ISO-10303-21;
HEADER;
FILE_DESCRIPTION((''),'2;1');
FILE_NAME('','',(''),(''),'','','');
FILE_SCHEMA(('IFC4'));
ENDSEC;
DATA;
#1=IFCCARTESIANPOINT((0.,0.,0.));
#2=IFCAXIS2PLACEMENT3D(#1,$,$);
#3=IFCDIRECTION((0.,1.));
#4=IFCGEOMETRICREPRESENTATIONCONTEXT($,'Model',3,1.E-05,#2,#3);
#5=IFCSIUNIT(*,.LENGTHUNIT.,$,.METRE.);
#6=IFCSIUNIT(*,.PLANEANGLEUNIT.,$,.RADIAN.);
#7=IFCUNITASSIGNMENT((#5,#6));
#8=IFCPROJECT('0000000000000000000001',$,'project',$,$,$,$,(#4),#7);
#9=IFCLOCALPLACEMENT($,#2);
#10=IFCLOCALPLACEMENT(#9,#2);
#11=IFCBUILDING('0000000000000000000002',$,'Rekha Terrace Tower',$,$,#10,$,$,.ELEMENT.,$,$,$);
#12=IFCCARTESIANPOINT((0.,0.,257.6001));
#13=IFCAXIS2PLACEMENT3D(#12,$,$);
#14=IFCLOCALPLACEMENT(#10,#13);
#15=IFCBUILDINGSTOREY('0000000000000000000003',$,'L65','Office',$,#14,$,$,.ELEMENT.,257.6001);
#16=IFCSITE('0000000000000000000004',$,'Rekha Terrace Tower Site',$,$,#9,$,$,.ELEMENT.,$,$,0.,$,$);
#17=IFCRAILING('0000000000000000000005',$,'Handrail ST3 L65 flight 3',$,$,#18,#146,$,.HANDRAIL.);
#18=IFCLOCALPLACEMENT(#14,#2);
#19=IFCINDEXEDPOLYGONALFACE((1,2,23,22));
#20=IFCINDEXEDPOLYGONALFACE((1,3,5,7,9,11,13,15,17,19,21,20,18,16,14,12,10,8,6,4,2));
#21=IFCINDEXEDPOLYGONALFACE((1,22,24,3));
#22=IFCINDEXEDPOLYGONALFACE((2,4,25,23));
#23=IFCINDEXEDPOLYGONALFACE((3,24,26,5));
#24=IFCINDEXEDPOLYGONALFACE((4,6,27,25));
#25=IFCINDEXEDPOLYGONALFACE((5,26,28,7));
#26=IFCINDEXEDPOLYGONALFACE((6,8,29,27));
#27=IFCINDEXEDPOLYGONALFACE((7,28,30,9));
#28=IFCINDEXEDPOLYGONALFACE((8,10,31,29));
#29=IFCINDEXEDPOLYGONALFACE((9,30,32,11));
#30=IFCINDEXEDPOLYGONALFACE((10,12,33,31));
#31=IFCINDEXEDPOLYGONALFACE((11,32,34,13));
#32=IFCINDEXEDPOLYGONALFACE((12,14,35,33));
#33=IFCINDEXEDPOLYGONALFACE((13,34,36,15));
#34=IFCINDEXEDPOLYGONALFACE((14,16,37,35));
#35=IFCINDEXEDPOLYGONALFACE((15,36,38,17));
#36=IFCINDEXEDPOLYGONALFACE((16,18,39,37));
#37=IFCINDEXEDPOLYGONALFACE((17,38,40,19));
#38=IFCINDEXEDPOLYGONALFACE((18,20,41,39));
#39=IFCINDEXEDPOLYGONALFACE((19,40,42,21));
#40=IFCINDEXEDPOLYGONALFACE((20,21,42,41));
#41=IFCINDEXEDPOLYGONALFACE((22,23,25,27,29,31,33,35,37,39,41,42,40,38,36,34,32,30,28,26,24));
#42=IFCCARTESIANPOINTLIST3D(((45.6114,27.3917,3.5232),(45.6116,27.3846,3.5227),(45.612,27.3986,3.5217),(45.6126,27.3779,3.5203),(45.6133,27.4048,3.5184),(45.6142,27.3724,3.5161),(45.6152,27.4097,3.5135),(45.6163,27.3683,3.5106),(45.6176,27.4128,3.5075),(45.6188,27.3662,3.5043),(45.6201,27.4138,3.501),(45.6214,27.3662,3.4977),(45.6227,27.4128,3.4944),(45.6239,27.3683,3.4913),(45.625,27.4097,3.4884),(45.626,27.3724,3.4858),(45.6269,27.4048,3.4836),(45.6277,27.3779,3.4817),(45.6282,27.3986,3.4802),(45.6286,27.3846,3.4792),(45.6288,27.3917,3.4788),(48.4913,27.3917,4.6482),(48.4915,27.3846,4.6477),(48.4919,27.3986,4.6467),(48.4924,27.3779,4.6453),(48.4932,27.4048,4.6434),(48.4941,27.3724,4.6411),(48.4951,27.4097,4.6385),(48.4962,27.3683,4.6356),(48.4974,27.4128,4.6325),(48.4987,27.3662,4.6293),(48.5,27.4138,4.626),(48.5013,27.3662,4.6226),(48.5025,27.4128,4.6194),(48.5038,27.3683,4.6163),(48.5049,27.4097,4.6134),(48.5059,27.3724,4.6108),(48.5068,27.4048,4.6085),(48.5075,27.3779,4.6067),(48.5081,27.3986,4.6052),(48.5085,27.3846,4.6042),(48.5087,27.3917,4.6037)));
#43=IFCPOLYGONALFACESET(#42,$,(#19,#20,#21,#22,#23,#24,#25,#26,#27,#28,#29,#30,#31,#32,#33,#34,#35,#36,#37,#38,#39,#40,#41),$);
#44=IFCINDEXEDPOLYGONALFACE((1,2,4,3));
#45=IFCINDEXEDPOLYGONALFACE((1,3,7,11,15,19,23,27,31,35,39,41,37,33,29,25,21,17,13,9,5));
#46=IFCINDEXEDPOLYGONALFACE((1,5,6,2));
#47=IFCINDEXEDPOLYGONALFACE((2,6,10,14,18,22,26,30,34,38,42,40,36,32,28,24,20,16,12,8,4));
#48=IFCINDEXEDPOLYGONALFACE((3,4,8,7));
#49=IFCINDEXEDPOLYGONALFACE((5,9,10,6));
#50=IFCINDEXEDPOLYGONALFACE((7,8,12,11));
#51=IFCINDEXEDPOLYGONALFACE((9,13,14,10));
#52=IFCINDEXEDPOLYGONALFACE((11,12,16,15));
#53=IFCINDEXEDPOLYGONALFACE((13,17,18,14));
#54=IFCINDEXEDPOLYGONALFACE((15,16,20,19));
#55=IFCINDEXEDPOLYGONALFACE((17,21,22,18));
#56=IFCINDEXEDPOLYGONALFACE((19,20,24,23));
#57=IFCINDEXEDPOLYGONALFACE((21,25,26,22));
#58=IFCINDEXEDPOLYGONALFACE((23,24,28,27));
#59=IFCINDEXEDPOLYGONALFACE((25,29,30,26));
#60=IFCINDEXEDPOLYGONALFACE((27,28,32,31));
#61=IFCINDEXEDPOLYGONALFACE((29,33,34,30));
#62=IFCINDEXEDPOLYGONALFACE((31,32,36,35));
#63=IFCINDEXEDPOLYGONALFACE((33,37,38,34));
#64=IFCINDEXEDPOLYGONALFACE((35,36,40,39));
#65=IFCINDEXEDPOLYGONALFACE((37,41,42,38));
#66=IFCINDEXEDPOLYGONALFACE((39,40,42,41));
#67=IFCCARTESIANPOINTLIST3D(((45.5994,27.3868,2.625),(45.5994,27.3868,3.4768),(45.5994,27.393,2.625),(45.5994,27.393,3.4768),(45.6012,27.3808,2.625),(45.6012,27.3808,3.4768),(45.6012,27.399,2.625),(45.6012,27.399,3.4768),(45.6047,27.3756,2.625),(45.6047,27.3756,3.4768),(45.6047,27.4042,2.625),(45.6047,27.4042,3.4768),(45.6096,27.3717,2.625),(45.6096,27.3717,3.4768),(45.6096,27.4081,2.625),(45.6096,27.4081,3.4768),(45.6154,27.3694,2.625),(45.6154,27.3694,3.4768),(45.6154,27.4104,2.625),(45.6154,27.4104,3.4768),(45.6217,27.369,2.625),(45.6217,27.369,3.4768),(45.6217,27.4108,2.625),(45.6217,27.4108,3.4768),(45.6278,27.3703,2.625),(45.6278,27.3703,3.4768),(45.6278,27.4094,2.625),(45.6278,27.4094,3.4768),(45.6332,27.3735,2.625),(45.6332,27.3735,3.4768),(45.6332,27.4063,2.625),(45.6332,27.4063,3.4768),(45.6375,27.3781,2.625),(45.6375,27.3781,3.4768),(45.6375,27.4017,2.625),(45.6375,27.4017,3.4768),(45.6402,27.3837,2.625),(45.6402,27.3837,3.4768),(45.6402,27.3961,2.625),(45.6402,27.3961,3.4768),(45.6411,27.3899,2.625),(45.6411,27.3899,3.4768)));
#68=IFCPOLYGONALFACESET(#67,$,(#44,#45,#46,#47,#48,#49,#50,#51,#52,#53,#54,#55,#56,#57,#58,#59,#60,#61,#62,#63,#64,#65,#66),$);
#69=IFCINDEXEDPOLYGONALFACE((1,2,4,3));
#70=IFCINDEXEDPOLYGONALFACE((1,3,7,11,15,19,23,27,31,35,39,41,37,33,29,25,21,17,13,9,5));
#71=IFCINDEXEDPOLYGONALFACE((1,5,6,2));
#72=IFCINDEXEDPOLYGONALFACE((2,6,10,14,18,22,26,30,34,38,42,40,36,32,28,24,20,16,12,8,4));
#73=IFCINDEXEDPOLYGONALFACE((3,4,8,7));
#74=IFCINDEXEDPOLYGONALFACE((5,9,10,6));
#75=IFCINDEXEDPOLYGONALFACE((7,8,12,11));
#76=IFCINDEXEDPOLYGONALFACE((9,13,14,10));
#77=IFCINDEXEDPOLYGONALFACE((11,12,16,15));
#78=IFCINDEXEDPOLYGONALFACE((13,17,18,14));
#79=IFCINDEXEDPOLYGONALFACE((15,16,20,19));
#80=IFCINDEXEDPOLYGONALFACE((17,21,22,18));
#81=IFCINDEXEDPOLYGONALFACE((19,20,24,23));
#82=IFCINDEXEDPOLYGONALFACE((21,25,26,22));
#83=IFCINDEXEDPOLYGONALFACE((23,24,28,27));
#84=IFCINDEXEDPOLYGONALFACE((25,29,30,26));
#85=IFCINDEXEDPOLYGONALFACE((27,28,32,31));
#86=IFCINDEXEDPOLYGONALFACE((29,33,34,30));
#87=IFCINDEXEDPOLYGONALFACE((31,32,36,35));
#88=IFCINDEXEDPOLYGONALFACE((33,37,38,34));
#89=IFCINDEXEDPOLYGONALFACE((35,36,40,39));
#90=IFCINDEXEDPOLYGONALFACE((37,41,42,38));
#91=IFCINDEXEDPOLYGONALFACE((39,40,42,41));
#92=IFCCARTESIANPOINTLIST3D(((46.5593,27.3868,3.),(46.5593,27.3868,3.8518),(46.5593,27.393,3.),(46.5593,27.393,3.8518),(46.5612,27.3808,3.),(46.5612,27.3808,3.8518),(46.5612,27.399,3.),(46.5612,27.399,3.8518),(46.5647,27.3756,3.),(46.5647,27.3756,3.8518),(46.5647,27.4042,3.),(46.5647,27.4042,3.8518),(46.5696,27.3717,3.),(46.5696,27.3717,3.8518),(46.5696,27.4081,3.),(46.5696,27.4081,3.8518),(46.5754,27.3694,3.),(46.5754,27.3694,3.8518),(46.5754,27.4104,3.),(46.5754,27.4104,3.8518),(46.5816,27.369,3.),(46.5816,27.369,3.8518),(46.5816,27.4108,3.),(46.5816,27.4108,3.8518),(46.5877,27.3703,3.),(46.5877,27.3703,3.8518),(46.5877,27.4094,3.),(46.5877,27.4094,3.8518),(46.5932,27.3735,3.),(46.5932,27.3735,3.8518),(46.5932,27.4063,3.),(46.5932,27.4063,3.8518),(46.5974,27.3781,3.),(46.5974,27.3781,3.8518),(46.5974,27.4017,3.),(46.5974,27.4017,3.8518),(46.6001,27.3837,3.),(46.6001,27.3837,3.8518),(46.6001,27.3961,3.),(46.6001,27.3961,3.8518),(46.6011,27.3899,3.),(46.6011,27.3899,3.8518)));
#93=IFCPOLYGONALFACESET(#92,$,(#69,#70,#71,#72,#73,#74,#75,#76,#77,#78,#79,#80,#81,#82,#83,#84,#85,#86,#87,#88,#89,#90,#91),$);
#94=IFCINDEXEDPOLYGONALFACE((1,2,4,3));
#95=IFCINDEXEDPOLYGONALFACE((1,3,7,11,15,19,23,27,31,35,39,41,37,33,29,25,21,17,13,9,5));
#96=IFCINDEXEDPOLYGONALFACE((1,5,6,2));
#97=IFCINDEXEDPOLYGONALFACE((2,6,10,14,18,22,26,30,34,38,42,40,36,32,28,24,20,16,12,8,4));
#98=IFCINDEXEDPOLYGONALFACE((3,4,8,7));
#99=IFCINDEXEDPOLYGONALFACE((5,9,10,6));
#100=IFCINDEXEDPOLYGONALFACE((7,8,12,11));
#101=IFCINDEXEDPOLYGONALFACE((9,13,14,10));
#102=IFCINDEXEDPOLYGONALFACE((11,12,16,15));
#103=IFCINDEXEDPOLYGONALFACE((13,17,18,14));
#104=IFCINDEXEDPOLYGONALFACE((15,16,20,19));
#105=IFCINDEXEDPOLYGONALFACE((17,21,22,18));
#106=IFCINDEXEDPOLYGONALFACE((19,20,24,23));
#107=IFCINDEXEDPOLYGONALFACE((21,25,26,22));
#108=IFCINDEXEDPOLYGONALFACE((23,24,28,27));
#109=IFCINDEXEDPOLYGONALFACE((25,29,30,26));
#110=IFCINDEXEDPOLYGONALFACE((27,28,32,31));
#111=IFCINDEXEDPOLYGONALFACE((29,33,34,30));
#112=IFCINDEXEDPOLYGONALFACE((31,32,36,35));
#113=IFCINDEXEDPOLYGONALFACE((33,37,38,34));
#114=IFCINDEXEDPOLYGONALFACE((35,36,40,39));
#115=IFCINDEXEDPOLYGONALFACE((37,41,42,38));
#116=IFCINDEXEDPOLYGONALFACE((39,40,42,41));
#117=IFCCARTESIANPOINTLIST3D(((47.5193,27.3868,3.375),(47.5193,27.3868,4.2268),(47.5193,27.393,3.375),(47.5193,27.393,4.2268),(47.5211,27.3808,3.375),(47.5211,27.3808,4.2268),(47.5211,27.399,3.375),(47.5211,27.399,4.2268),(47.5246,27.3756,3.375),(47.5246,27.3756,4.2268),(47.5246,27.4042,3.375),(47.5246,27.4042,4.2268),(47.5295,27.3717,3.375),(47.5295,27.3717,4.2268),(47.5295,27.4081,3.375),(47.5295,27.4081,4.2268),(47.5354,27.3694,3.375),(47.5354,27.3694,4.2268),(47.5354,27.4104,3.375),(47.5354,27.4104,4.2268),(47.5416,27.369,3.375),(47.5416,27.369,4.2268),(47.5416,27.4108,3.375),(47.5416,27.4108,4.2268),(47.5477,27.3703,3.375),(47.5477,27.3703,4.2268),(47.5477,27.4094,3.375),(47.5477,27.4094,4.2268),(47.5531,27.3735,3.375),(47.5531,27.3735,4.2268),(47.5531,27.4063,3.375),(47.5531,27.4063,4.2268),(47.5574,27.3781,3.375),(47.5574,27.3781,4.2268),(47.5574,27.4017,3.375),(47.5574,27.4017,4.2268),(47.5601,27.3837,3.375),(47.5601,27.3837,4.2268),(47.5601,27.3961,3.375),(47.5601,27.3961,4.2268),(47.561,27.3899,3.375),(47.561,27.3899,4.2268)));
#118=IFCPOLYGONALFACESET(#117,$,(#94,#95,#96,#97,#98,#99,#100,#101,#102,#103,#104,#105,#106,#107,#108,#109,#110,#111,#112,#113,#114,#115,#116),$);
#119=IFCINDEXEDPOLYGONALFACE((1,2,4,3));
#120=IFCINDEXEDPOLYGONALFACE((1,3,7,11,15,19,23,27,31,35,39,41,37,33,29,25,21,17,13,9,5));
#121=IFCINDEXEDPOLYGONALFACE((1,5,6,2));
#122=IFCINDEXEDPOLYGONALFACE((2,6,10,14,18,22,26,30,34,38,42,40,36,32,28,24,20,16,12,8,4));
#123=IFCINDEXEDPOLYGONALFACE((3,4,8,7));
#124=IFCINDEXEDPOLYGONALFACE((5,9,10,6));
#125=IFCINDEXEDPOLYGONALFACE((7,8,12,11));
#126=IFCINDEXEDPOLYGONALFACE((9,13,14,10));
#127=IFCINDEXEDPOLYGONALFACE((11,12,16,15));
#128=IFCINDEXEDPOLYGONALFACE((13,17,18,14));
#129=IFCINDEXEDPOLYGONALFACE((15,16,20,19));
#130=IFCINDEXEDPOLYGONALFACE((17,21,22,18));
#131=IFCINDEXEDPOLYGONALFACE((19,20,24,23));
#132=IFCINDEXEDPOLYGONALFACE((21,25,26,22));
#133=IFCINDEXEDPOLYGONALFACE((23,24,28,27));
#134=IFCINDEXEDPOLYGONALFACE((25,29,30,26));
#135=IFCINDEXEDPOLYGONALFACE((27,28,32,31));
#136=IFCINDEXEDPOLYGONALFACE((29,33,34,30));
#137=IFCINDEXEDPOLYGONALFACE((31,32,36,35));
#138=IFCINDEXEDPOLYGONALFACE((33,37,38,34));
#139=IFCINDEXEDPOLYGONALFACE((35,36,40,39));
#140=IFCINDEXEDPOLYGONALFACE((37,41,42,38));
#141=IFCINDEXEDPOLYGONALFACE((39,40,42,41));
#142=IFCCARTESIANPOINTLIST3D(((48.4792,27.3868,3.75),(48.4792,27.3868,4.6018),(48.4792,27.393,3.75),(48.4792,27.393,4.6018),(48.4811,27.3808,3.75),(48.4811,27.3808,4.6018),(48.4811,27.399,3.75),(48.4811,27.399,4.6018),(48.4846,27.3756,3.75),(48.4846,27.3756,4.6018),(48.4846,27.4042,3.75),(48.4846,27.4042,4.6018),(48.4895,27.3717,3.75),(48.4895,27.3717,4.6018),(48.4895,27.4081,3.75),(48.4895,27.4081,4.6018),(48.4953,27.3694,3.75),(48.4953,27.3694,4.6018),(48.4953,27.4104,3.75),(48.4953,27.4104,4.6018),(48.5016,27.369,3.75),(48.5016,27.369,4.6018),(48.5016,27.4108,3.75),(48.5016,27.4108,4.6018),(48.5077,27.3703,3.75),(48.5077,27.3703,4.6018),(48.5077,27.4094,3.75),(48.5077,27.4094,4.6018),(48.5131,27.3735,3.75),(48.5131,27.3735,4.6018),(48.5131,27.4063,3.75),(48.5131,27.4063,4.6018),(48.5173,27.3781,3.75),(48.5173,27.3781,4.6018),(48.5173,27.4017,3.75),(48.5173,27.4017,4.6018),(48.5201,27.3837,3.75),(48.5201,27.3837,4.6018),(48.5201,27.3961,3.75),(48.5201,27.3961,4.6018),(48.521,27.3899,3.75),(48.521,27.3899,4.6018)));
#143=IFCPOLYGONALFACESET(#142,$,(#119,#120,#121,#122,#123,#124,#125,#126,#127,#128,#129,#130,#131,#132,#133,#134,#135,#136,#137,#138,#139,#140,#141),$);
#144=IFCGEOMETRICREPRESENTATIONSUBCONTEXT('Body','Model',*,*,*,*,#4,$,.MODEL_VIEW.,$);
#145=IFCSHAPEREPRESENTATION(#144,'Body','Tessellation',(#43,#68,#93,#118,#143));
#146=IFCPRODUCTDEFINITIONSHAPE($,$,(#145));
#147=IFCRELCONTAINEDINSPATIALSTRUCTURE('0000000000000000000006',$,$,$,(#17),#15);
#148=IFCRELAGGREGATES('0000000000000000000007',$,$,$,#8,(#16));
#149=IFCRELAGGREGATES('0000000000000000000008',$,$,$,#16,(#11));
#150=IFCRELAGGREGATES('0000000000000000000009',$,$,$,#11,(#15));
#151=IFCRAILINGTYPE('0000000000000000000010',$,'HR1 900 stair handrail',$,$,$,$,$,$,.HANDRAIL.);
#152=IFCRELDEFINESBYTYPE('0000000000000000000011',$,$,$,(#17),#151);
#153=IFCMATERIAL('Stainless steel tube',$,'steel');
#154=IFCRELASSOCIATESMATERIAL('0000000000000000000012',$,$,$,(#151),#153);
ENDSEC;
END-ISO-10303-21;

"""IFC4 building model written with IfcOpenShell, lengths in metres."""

from ifc_helpers import new_model, si_unit, direction, frame, origin, origin_2d, place, context, subcontext, project, spatial, circle, extrude, material, type_object, element, save


model = new_model("IFC4")

# Units and contexts
model_context = context("Model", 3, precision=1e-05, world=origin(), true_north=direction((0.0, 1.0)))
body_context = subcontext(model_context, "Body", "Model", "MODEL_VIEW")
ifc_project = project(units=[si_unit("LENGTHUNIT", "METRE"), si_unit("PLANEANGLEUNIT", "RADIAN")], contexts=[model_context])

# Site, building, storey
site_placement = place(None, origin())
site = spatial("IfcSite", under=ifc_project, at=site_placement, Name="Rekha Terrace Tower Site", CompositionType="ELEMENT", RefElevation=0.0)
building_placement = place(site_placement, origin())
building = spatial("IfcBuilding", under=site, at=building_placement, Name="Rekha Terrace Tower", CompositionType="ELEMENT")
storey_placement = place(building_placement, frame((0.0, 0.0, 257.6001)))
storey = spatial("IfcBuildingStorey", under=building, at=storey_placement, Name="L65", Description="Office", CompositionType="ELEMENT", Elevation=257.6001)

# Railing
ifc_material_1 = material(Name="Stainless steel tube", Category="steel")
railing_type_1 = type_object("IfcRailingType", Name="HR1 900 stair handrail", PredefinedType="HANDRAIL", material=ifc_material_1)
railing_1_placement = place(storey_placement, frame((45.6201, 27.3899, 2.625)))
element("IfcRailing", 1, at=railing_1_placement, inside=storey, type_object=railing_type_1, Name="Handrail ST3 L65 flight 3", PredefinedType="HANDRAIL", context=body_context, shape_type="SweptSolid", body=[
    extrude(circle(Radius=0.0239, at=origin_2d()), frame((0.0, 0.0, 0.876), z_axis=(0.931452, 0.0, 0.363863), x_axis=(0.0, 1.0, 0.0)), (0.0, 0.0, 1.0), 3.0918),
    extrude(circle(Radius=0.021, at=origin_2d()), origin(), (0.0, 0.0, 1.0), 0.8518),
    extrude(circle(Radius=0.021, at=origin_2d()), frame((0.96, 0.0, 0.375)), (0.0, 0.0, 1.0), 0.8518),
    extrude(circle(Radius=0.021, at=origin_2d()), frame((1.9199, 0.0, 0.75)), (0.0, 0.0, 1.0), 0.8518),
    extrude(circle(Radius=0.021, at=origin_2d()), frame((2.8799, 0.0, 1.125)), (0.0, 0.0, 1.0), 0.8518),
])

save(model, "model.ifc")
